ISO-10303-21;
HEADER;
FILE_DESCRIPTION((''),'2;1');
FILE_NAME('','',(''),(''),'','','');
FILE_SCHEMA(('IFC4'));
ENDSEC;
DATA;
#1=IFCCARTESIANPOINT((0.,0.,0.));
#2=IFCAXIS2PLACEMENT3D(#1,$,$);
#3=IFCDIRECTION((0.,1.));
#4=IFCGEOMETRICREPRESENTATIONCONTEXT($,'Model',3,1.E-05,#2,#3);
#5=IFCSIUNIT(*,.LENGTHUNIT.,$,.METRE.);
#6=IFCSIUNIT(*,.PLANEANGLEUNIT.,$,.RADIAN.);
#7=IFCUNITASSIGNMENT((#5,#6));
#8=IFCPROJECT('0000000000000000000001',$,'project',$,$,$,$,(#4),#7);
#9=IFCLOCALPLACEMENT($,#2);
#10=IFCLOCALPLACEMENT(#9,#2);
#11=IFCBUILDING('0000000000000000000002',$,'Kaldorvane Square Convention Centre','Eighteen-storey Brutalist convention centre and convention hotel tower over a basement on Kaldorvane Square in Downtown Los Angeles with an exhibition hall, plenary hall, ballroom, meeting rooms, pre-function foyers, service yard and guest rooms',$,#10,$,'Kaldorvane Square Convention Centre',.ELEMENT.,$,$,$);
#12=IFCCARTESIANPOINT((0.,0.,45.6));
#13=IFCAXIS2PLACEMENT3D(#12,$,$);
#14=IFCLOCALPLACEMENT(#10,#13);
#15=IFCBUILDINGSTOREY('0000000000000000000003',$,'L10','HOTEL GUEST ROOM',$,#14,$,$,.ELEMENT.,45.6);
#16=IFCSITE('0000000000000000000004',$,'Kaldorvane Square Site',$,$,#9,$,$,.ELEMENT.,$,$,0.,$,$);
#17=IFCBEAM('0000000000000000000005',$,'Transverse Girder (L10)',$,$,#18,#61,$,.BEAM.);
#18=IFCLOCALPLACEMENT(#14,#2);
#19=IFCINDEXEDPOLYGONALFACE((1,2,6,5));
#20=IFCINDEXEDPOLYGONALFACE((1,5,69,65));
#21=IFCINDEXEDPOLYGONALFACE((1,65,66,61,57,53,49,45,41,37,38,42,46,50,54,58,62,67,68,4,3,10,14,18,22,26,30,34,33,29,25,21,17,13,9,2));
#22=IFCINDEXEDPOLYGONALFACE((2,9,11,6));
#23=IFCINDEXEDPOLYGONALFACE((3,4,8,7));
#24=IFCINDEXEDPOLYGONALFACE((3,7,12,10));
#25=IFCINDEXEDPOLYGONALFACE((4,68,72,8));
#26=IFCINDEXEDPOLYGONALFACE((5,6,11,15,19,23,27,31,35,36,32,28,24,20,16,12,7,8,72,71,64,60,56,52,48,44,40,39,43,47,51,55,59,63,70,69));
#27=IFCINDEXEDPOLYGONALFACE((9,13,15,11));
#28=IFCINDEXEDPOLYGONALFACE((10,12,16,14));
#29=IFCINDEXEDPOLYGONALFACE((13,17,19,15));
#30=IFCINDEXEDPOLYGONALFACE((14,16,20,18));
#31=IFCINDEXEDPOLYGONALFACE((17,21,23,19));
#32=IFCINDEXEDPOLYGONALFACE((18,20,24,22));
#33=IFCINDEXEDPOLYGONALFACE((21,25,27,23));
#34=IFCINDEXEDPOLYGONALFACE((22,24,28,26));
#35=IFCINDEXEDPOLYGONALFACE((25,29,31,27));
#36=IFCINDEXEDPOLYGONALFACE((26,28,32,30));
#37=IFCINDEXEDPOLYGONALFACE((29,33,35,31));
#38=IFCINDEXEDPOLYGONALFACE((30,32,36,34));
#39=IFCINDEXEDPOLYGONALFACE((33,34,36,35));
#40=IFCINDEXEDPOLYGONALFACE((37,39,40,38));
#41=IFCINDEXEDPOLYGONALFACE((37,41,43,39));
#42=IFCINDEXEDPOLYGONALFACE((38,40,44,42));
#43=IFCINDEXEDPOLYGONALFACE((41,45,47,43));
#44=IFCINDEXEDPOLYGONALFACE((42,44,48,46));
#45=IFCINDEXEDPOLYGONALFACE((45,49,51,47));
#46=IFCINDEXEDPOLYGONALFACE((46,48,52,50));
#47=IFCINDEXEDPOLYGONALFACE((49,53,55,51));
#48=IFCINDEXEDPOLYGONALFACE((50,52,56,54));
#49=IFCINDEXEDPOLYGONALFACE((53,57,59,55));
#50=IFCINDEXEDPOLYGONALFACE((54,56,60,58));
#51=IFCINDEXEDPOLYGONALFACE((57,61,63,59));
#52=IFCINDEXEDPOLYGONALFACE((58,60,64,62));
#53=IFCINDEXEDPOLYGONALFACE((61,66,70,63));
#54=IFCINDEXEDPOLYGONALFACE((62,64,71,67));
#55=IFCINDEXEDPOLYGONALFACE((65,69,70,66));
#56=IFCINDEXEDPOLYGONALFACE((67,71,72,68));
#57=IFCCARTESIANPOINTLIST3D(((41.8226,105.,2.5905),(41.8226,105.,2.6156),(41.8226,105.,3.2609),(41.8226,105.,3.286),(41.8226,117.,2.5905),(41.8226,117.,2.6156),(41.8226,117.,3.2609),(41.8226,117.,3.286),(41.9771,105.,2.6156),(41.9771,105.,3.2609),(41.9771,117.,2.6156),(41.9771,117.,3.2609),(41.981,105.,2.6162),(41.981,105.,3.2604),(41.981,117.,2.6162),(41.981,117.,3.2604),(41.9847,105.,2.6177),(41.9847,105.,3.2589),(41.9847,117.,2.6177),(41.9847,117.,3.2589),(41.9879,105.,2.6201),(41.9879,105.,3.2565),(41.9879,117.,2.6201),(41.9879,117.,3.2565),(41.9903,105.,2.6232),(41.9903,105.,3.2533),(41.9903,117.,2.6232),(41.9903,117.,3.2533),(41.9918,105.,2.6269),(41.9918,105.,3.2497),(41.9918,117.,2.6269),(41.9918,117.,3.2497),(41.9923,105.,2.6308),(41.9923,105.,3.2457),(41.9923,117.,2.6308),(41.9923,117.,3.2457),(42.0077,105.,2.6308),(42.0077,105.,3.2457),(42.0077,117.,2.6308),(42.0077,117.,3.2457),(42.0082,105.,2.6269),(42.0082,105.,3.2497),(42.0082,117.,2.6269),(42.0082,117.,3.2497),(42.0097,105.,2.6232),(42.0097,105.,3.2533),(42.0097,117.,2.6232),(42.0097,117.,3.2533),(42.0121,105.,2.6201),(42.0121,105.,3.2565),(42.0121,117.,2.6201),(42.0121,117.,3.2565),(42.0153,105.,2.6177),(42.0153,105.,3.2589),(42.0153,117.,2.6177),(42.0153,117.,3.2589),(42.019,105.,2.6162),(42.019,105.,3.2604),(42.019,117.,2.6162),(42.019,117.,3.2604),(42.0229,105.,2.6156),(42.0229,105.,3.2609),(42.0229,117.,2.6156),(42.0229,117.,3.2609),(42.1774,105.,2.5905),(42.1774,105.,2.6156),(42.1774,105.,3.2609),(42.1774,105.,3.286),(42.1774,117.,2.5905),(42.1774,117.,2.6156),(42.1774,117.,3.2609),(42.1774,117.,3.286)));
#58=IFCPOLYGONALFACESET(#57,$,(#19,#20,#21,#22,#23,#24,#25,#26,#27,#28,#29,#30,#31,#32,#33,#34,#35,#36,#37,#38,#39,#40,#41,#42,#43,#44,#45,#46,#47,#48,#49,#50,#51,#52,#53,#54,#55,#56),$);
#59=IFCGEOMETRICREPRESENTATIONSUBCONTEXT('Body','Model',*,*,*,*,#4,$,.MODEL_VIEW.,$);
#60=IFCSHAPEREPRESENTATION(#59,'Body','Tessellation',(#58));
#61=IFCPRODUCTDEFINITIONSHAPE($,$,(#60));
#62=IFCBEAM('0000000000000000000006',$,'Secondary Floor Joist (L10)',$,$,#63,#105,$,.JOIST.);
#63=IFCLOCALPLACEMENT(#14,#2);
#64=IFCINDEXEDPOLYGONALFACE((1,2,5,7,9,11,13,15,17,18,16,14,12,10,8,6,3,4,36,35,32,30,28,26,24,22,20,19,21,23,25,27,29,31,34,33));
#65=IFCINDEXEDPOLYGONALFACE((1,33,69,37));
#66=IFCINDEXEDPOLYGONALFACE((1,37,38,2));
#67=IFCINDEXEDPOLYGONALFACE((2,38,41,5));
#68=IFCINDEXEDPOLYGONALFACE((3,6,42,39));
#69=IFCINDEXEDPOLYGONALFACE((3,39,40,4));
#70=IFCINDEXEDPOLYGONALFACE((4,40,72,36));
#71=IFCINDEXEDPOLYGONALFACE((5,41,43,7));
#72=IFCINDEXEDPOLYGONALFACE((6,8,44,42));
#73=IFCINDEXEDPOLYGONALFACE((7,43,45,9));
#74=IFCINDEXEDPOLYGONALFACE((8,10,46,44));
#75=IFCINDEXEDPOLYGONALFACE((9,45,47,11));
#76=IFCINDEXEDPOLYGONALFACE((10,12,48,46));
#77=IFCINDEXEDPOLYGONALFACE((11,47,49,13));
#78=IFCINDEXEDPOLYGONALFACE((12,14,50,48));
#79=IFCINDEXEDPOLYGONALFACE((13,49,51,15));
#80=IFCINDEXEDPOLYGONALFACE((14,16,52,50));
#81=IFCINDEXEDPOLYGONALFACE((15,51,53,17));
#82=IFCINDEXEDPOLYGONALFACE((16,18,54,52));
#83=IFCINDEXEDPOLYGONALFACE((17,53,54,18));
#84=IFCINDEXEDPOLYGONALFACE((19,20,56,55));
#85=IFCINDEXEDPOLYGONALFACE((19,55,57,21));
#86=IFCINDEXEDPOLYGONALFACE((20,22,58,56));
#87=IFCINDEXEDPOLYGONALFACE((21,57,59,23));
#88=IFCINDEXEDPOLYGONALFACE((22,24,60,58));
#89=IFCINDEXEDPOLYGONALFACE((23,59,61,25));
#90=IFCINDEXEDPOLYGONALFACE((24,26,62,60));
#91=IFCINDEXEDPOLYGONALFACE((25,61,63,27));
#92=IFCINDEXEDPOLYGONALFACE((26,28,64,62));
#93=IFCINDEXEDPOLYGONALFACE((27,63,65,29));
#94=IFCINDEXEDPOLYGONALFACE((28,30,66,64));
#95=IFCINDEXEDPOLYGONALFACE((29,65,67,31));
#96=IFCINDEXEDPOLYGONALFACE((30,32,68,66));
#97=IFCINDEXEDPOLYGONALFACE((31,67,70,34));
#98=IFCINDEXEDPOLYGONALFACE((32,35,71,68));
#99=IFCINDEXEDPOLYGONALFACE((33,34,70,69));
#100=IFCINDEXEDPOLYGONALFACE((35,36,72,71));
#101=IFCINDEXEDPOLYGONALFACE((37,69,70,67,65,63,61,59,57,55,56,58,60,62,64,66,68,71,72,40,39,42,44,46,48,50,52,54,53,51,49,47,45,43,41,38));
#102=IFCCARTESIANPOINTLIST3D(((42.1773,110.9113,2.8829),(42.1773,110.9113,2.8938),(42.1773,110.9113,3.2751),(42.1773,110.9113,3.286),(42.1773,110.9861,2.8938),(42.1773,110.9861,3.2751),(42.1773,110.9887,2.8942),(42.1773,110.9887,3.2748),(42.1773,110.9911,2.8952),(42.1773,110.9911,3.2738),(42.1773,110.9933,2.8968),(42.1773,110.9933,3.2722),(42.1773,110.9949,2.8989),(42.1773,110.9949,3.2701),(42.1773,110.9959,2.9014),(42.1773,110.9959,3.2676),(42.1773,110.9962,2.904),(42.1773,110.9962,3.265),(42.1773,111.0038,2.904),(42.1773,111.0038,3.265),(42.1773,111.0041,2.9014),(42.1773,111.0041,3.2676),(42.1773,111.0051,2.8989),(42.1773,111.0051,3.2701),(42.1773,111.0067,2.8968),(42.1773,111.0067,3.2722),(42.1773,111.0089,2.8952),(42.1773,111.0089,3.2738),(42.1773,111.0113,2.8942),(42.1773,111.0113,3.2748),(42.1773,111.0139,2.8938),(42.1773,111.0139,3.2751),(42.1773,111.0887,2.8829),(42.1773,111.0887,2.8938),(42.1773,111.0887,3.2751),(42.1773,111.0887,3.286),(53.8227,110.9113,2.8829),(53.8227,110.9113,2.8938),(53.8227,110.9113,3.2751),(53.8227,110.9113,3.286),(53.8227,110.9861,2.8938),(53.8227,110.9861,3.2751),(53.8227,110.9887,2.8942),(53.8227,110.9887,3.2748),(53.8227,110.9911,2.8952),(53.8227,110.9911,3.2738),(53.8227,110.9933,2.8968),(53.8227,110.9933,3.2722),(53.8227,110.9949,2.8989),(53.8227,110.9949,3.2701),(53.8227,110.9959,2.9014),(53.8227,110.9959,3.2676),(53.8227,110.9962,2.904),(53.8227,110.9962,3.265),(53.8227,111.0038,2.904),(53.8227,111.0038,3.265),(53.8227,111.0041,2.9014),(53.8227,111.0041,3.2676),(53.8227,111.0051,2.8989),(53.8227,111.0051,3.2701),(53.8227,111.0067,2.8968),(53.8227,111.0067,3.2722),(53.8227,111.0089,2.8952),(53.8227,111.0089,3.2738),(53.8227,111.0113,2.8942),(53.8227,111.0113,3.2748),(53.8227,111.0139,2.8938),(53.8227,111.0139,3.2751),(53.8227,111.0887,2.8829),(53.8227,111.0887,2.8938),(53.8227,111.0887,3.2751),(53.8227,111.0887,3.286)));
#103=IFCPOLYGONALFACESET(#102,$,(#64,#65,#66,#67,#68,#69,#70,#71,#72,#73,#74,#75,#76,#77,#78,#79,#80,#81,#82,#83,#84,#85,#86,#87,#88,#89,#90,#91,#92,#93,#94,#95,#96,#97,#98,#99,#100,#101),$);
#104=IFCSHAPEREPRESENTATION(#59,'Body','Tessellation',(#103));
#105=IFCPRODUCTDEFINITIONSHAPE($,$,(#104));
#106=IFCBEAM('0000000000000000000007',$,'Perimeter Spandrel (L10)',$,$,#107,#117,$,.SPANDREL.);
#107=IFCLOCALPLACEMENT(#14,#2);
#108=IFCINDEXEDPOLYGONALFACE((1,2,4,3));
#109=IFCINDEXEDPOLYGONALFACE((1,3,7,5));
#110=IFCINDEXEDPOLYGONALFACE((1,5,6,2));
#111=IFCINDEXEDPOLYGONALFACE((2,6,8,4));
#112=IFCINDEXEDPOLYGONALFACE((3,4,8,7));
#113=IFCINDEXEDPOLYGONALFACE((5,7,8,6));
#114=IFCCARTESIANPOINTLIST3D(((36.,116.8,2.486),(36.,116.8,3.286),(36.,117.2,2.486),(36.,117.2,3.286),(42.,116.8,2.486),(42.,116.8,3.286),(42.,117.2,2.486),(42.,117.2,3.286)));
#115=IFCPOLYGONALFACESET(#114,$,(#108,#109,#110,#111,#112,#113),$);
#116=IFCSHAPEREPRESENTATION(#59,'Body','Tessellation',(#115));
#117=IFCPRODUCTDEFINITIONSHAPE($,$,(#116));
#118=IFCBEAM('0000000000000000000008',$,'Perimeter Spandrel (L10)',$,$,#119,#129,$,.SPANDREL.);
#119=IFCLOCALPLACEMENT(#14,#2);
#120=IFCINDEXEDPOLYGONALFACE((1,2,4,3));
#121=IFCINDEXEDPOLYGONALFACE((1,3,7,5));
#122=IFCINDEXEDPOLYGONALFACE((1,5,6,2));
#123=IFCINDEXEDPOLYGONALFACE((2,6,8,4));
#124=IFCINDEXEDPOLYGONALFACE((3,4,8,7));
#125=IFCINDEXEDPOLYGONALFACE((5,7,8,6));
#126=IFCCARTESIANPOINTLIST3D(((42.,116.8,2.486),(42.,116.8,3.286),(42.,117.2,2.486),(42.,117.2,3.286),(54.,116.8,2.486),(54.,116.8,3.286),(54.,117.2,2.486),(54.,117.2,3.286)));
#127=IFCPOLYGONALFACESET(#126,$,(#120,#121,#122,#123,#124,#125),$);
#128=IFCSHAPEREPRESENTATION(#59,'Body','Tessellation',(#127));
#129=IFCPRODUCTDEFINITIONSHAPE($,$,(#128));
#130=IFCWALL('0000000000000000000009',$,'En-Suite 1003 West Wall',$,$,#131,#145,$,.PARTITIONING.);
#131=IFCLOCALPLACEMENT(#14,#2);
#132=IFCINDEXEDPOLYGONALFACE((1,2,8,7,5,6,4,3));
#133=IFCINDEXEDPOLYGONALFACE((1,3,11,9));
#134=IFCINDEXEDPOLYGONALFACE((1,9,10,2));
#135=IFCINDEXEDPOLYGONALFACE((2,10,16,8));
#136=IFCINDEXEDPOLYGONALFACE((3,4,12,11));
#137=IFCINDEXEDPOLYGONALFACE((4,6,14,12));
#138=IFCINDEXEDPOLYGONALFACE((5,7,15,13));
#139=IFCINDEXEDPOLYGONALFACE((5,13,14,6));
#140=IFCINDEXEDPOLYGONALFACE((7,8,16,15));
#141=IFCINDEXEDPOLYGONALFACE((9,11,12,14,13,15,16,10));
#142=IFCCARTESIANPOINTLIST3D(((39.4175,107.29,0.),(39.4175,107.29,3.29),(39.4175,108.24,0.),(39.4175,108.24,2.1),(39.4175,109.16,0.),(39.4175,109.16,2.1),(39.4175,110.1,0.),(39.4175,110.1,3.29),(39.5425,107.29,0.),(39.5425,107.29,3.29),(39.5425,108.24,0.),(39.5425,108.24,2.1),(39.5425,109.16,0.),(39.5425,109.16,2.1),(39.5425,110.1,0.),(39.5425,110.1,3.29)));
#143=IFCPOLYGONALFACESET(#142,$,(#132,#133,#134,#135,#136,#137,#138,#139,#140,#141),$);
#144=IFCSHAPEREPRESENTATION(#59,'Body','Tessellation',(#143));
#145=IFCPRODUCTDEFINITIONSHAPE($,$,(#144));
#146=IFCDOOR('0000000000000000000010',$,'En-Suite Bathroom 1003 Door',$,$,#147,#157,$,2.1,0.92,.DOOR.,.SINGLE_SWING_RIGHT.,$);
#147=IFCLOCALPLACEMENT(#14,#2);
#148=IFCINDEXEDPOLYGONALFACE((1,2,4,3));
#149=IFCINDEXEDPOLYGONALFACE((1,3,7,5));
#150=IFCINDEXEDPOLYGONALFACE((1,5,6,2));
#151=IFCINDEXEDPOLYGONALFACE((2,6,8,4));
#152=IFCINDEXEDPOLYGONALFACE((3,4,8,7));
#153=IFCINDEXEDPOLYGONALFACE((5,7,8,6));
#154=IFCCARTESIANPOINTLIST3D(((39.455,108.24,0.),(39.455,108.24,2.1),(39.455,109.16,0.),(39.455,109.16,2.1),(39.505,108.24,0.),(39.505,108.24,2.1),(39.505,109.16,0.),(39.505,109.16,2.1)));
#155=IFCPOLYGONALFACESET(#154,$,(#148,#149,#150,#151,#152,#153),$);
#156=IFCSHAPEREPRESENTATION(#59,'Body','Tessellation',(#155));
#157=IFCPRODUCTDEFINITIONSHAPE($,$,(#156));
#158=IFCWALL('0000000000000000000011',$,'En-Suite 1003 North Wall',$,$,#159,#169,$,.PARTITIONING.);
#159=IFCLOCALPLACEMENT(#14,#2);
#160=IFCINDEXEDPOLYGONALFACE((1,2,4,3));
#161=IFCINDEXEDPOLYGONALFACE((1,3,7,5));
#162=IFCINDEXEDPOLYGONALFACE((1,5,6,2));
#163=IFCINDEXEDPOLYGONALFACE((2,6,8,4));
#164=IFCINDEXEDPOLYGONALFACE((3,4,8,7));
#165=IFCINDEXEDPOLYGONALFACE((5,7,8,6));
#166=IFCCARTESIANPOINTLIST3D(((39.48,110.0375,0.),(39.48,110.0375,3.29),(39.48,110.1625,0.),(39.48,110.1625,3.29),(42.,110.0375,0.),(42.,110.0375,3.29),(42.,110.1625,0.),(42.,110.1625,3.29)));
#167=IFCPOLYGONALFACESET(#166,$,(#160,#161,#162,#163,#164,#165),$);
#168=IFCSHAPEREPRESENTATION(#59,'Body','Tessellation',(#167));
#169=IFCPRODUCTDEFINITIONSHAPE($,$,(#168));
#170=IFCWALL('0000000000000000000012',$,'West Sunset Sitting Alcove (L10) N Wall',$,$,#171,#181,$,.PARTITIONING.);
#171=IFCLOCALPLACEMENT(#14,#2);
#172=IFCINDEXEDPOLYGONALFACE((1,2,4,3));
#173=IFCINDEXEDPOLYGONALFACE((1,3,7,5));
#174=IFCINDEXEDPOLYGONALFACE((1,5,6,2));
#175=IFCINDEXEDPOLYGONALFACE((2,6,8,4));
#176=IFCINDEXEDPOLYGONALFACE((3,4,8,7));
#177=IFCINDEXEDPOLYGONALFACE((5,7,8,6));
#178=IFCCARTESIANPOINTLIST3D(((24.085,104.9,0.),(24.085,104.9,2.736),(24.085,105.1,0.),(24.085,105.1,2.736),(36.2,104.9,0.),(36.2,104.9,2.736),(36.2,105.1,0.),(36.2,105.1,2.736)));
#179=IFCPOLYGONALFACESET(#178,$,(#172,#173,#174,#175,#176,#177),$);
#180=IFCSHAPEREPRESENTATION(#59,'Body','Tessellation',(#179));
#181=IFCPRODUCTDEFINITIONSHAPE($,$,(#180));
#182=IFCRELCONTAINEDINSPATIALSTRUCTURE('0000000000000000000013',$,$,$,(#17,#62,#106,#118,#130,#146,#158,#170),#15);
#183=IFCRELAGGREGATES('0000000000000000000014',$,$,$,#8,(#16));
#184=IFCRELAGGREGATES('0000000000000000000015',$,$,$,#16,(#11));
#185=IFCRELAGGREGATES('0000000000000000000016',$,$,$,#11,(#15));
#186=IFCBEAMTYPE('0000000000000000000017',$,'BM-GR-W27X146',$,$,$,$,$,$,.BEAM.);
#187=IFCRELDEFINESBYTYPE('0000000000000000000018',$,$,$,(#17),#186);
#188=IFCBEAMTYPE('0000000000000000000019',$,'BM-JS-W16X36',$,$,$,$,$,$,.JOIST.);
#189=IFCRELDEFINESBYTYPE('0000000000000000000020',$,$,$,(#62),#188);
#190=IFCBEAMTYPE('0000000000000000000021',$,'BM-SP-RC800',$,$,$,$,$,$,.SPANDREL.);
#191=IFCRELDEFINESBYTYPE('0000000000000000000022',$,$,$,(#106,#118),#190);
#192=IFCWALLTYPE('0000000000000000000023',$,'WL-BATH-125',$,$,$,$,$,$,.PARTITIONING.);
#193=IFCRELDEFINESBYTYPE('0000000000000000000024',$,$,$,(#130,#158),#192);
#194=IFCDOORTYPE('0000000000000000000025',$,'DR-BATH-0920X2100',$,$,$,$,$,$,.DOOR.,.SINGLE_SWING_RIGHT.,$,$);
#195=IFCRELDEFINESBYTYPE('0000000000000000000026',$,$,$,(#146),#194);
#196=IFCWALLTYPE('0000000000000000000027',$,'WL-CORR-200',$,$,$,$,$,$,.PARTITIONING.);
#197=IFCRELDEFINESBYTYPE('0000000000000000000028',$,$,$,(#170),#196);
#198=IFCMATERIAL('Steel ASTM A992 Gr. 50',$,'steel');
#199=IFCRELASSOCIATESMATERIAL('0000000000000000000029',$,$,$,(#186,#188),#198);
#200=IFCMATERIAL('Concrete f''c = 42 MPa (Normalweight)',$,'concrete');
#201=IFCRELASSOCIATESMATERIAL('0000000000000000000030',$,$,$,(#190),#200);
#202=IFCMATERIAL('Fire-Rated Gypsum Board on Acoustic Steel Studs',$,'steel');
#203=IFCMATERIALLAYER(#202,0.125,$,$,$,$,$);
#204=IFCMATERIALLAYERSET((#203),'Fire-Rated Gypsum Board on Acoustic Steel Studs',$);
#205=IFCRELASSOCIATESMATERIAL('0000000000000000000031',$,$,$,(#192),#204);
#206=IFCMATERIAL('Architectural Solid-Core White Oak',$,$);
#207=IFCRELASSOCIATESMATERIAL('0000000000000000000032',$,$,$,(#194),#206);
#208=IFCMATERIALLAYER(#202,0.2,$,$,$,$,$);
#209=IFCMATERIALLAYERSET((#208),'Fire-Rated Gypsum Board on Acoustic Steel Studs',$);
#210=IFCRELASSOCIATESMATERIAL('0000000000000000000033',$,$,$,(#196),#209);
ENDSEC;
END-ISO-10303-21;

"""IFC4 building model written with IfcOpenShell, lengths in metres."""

from ifc_helpers import new_model, si_unit, direction, frame, frame_2d, origin, origin_2d, place, context, subcontext, project, spatial, rectangle, i_section, extrude, material, layer, layer_set, material_profile, profile_set, type_object, element, fill, save


model = new_model("IFC4")

# Units and contexts
model_context = context("Model", 3, precision=1e-05, world=origin(), true_north=direction((0.0, 1.0)))
body_context = subcontext(model_context, "Body", "Model", "MODEL_VIEW")
ifc_project = project(units=[si_unit("LENGTHUNIT", "METRE"), si_unit("PLANEANGLEUNIT", "RADIAN")], contexts=[model_context])

# Site, building, storey
site_placement = place(None, origin())
site = spatial("IfcSite", under=ifc_project, at=site_placement, Name="Kaldorvane Square Site", CompositionType="ELEMENT", RefElevation=0.0)
building_placement = place(site_placement, origin())
building = spatial("IfcBuilding", under=site, at=building_placement, Name="Kaldorvane Square Convention Centre", Description="Eighteen-storey Brutalist convention centre and convention hotel tower over a basement on Kaldorvane Square in Downtown Los Angeles with an exhibition hall, plenary hall, ballroom, meeting rooms, pre-function foyers, service yard and guest rooms", LongName="Kaldorvane Square Convention Centre", CompositionType="ELEMENT")
storey_placement = place(building_placement, frame((0.0, 0.0, 45.6)))
storey = spatial("IfcBuildingStorey", under=building, at=storey_placement, Name="L10", Description="HOTEL GUEST ROOM", CompositionType="ELEMENT", Elevation=45.6)

# Shared definitions
ifc_material_1 = material(Name="Concrete f'c = 42 MPa (Normalweight)", Category="concrete")
ifc_material_2 = material(Name="Steel ASTM A992 Gr. 50", Category="steel")

# Beams
ifc_material_profile_1 = material_profile(ifc_material_2, i_section(OverallWidth=0.3547, OverallDepth=0.6955, WebThickness=0.0154, FlangeThickness=0.0251, FilletRadius=0.0152, at=origin_2d()), Name="W27X146")
ifc_profile_set_1 = profile_set([ifc_material_profile_1], Name="Steel ASTM A992 Gr. 50")
beam_type_1 = type_object("IfcBeamType", Name="BM-GR-W27X146", PredefinedType="BEAM", material=ifc_profile_set_1)
for number, where, z_axis, x_axis, name in (
    (1, (42.0, 105.0, 2.9383), (0.0, 1.0, 0.0), (-1.0, 0.0, 0.0), "Transverse Girder (L10)"),
):
    element("IfcBeam", number, at=place(storey_placement, frame(where, z_axis=z_axis, x_axis=x_axis)), inside=storey, type_object=beam_type_1, Name=name, PredefinedType="BEAM", context=body_context, shape_type="SweptSolid", body=[
        extrude(i_section(OverallWidth=0.3547, OverallDepth=0.6955, WebThickness=0.0154, FlangeThickness=0.0251, FilletRadius=0.0152, at=origin_2d()), origin(), (0.0, 0.0, 1.0), 12.0),
    ])
ifc_material_profile_2 = material_profile(ifc_material_2, i_section(OverallWidth=0.1774, OverallDepth=0.4031, WebThickness=0.0075, FlangeThickness=0.0109, FilletRadius=0.0102, at=origin_2d()), Name="W16X36")
ifc_profile_set_2 = profile_set([ifc_material_profile_2], Name="Steel ASTM A992 Gr. 50")
beam_type_2 = type_object("IfcBeamType", Name="BM-JS-W16X36", PredefinedType="JOIST", material=ifc_profile_set_2)
beam_1_placement = place(storey_placement, frame((42.1773, 111.0, 3.0845), z_axis=(1.0, 0.0, 0.0), x_axis=(0.0, 1.0, 0.0)))
element("IfcBeam", 2, at=beam_1_placement, inside=storey, type_object=beam_type_2, Name="Secondary Floor Joist (L10)", PredefinedType="JOIST", context=body_context, shape_type="SweptSolid", body=[
    extrude(i_section(OverallWidth=0.1774, OverallDepth=0.4031, WebThickness=0.0075, FlangeThickness=0.0109, FilletRadius=0.0102, at=origin_2d()), origin(), (0.0, 0.0, 1.0), 11.6454),
])
ifc_material_profile_3 = material_profile(ifc_material_1, rectangle(XDim=0.4, YDim=0.8, at=origin_2d()), Name="RCSP800X400")
ifc_profile_set_3 = profile_set([ifc_material_profile_3], Name="Concrete f'c = 42 MPa (Normalweight)")
beam_type_3 = type_object("IfcBeamType", Name="BM-SP-RC800", PredefinedType="SPANDREL", material=ifc_profile_set_3)
beam_2_placement = place(storey_placement, frame((36.0, 117.0, 2.886), z_axis=(1.0, 0.0, 0.0), x_axis=(0.0, 1.0, 0.0)))
element("IfcBeam", 3, at=beam_2_placement, inside=storey, type_object=beam_type_3, Name="Perimeter Spandrel (L10)", PredefinedType="SPANDREL", context=body_context, shape_type="SweptSolid", body=[
    extrude(rectangle(XDim=0.4, YDim=0.8, at=origin_2d()), origin(), (0.0, 0.0, 1.0), 6.0),
])
beam_3_placement = place(storey_placement, frame((42.0, 117.0, 2.886), z_axis=(1.0, 0.0, 0.0), x_axis=(0.0, 1.0, 0.0)))
element("IfcBeam", 4, at=beam_3_placement, inside=storey, type_object=beam_type_3, Name="Perimeter Spandrel (L10)", PredefinedType="SPANDREL", context=body_context, shape_type="SweptSolid", body=[
    extrude(rectangle(XDim=0.4, YDim=0.8, at=origin_2d()), origin(), (0.0, 0.0, 1.0), 12.0),
])

# Wall, opening, door
ifc_material_3 = material(Name="Fire-Rated Gypsum Board on Acoustic Steel Studs", Category="steel")
ifc_layer_1 = layer(ifc_material_3, 0.125)
ifc_layer_set_1 = layer_set([ifc_layer_1], Name="Fire-Rated Gypsum Board on Acoustic Steel Studs")
wall_type_1 = type_object("IfcWallType", Name="WL-BATH-125", PredefinedType="PARTITIONING", material=ifc_layer_set_1)
wall_1_placement = place(storey_placement, frame((39.48, 107.29, 0.0), z_axis=(0.0, 0.0, 1.0), x_axis=(0.0, 1.0, 0.0)))
wall_1 = element("IfcWall", 5, at=wall_1_placement, inside=storey, type_object=wall_type_1, Name="En-Suite 1003 West Wall", PredefinedType="PARTITIONING", context=body_context, shape_type="SweptSolid", body=[
    extrude(rectangle(XDim=2.81, YDim=0.125, at=frame_2d((1.405, 0.0))), origin(), (0.0, 0.0, 1.0), 3.29),
])
opening_1_placement = place(wall_1_placement, frame((0.95, 0.0, 0.0)))
opening_1 = element("IfcOpeningElement", 6, at=opening_1_placement, cuts=wall_1, PredefinedType="OPENING", context=body_context, shape_type="SweptSolid", body=[
    extrude(rectangle(XDim=0.92, YDim=2.1, at=frame_2d((0.46, 1.05))), frame((0.0, 0.0775, 0.0), z_axis=(0.0, -1.0, 0.0), x_axis=(1.0, 0.0, 0.0)), (0.0, 0.0, 1.0), 0.155),
])
ifc_material_4 = material(Name="Architectural Solid-Core White Oak")
door_type_1 = type_object("IfcDoorType", Name="DR-BATH-0920X2100", OperationType="SINGLE_SWING_RIGHT", PredefinedType="DOOR", material=ifc_material_4)
door_1_placement = place(opening_1_placement, origin())
door_1 = element("IfcDoor", 7, at=door_1_placement, inside=storey, type_object=door_type_1, Name="En-Suite Bathroom 1003 Door", OperationType="SINGLE_SWING_RIGHT", OverallHeight=2.1, OverallWidth=0.92, PredefinedType="DOOR", context=body_context, shape_type="SweptSolid", body=[
    extrude(rectangle(XDim=0.92, YDim=2.1, at=frame_2d((0.46, 1.05))), frame((0.0, 0.025, 0.0), z_axis=(0.0, -1.0, 0.0), x_axis=(1.0, 0.0, 0.0)), (0.0, 0.0, 1.0), 0.05),
])
fill(opening_1, door_1)

# Walls
wall_2_placement = place(storey_placement, frame((39.48, 110.1, 0.0), z_axis=(0.0, 0.0, 1.0), x_axis=(1.0, 0.0, 0.0)))
element("IfcWall", 8, at=wall_2_placement, inside=storey, type_object=wall_type_1, Name="En-Suite 1003 North Wall", PredefinedType="PARTITIONING", context=body_context, shape_type="SweptSolid", body=[
    extrude(rectangle(XDim=2.52, YDim=0.125, at=frame_2d((1.26, 0.0))), origin(), (0.0, 0.0, 1.0), 3.29),
])
ifc_layer_2 = layer(ifc_material_3, 0.2)
ifc_layer_set_2 = layer_set([ifc_layer_2], Name="Fire-Rated Gypsum Board on Acoustic Steel Studs")
wall_type_2 = type_object("IfcWallType", Name="WL-CORR-200", PredefinedType="PARTITIONING", material=ifc_layer_set_2)
wall_3_placement = place(storey_placement, frame((36.2, 105.0, 0.0), z_axis=(0.0, 0.0, 1.0), x_axis=(-1.0, 0.0, 0.0)))
element("IfcWall", 9, at=wall_3_placement, inside=storey, type_object=wall_type_2, Name="West Sunset Sitting Alcove (L10) N Wall", PredefinedType="PARTITIONING", context=body_context, shape_type="SweptSolid", body=[
    extrude(rectangle(XDim=12.115, YDim=0.2, at=frame_2d((6.0575, 0.0))), origin(), (0.0, 0.0, 1.0), 2.736),
])

save(model, "model.ifc")
